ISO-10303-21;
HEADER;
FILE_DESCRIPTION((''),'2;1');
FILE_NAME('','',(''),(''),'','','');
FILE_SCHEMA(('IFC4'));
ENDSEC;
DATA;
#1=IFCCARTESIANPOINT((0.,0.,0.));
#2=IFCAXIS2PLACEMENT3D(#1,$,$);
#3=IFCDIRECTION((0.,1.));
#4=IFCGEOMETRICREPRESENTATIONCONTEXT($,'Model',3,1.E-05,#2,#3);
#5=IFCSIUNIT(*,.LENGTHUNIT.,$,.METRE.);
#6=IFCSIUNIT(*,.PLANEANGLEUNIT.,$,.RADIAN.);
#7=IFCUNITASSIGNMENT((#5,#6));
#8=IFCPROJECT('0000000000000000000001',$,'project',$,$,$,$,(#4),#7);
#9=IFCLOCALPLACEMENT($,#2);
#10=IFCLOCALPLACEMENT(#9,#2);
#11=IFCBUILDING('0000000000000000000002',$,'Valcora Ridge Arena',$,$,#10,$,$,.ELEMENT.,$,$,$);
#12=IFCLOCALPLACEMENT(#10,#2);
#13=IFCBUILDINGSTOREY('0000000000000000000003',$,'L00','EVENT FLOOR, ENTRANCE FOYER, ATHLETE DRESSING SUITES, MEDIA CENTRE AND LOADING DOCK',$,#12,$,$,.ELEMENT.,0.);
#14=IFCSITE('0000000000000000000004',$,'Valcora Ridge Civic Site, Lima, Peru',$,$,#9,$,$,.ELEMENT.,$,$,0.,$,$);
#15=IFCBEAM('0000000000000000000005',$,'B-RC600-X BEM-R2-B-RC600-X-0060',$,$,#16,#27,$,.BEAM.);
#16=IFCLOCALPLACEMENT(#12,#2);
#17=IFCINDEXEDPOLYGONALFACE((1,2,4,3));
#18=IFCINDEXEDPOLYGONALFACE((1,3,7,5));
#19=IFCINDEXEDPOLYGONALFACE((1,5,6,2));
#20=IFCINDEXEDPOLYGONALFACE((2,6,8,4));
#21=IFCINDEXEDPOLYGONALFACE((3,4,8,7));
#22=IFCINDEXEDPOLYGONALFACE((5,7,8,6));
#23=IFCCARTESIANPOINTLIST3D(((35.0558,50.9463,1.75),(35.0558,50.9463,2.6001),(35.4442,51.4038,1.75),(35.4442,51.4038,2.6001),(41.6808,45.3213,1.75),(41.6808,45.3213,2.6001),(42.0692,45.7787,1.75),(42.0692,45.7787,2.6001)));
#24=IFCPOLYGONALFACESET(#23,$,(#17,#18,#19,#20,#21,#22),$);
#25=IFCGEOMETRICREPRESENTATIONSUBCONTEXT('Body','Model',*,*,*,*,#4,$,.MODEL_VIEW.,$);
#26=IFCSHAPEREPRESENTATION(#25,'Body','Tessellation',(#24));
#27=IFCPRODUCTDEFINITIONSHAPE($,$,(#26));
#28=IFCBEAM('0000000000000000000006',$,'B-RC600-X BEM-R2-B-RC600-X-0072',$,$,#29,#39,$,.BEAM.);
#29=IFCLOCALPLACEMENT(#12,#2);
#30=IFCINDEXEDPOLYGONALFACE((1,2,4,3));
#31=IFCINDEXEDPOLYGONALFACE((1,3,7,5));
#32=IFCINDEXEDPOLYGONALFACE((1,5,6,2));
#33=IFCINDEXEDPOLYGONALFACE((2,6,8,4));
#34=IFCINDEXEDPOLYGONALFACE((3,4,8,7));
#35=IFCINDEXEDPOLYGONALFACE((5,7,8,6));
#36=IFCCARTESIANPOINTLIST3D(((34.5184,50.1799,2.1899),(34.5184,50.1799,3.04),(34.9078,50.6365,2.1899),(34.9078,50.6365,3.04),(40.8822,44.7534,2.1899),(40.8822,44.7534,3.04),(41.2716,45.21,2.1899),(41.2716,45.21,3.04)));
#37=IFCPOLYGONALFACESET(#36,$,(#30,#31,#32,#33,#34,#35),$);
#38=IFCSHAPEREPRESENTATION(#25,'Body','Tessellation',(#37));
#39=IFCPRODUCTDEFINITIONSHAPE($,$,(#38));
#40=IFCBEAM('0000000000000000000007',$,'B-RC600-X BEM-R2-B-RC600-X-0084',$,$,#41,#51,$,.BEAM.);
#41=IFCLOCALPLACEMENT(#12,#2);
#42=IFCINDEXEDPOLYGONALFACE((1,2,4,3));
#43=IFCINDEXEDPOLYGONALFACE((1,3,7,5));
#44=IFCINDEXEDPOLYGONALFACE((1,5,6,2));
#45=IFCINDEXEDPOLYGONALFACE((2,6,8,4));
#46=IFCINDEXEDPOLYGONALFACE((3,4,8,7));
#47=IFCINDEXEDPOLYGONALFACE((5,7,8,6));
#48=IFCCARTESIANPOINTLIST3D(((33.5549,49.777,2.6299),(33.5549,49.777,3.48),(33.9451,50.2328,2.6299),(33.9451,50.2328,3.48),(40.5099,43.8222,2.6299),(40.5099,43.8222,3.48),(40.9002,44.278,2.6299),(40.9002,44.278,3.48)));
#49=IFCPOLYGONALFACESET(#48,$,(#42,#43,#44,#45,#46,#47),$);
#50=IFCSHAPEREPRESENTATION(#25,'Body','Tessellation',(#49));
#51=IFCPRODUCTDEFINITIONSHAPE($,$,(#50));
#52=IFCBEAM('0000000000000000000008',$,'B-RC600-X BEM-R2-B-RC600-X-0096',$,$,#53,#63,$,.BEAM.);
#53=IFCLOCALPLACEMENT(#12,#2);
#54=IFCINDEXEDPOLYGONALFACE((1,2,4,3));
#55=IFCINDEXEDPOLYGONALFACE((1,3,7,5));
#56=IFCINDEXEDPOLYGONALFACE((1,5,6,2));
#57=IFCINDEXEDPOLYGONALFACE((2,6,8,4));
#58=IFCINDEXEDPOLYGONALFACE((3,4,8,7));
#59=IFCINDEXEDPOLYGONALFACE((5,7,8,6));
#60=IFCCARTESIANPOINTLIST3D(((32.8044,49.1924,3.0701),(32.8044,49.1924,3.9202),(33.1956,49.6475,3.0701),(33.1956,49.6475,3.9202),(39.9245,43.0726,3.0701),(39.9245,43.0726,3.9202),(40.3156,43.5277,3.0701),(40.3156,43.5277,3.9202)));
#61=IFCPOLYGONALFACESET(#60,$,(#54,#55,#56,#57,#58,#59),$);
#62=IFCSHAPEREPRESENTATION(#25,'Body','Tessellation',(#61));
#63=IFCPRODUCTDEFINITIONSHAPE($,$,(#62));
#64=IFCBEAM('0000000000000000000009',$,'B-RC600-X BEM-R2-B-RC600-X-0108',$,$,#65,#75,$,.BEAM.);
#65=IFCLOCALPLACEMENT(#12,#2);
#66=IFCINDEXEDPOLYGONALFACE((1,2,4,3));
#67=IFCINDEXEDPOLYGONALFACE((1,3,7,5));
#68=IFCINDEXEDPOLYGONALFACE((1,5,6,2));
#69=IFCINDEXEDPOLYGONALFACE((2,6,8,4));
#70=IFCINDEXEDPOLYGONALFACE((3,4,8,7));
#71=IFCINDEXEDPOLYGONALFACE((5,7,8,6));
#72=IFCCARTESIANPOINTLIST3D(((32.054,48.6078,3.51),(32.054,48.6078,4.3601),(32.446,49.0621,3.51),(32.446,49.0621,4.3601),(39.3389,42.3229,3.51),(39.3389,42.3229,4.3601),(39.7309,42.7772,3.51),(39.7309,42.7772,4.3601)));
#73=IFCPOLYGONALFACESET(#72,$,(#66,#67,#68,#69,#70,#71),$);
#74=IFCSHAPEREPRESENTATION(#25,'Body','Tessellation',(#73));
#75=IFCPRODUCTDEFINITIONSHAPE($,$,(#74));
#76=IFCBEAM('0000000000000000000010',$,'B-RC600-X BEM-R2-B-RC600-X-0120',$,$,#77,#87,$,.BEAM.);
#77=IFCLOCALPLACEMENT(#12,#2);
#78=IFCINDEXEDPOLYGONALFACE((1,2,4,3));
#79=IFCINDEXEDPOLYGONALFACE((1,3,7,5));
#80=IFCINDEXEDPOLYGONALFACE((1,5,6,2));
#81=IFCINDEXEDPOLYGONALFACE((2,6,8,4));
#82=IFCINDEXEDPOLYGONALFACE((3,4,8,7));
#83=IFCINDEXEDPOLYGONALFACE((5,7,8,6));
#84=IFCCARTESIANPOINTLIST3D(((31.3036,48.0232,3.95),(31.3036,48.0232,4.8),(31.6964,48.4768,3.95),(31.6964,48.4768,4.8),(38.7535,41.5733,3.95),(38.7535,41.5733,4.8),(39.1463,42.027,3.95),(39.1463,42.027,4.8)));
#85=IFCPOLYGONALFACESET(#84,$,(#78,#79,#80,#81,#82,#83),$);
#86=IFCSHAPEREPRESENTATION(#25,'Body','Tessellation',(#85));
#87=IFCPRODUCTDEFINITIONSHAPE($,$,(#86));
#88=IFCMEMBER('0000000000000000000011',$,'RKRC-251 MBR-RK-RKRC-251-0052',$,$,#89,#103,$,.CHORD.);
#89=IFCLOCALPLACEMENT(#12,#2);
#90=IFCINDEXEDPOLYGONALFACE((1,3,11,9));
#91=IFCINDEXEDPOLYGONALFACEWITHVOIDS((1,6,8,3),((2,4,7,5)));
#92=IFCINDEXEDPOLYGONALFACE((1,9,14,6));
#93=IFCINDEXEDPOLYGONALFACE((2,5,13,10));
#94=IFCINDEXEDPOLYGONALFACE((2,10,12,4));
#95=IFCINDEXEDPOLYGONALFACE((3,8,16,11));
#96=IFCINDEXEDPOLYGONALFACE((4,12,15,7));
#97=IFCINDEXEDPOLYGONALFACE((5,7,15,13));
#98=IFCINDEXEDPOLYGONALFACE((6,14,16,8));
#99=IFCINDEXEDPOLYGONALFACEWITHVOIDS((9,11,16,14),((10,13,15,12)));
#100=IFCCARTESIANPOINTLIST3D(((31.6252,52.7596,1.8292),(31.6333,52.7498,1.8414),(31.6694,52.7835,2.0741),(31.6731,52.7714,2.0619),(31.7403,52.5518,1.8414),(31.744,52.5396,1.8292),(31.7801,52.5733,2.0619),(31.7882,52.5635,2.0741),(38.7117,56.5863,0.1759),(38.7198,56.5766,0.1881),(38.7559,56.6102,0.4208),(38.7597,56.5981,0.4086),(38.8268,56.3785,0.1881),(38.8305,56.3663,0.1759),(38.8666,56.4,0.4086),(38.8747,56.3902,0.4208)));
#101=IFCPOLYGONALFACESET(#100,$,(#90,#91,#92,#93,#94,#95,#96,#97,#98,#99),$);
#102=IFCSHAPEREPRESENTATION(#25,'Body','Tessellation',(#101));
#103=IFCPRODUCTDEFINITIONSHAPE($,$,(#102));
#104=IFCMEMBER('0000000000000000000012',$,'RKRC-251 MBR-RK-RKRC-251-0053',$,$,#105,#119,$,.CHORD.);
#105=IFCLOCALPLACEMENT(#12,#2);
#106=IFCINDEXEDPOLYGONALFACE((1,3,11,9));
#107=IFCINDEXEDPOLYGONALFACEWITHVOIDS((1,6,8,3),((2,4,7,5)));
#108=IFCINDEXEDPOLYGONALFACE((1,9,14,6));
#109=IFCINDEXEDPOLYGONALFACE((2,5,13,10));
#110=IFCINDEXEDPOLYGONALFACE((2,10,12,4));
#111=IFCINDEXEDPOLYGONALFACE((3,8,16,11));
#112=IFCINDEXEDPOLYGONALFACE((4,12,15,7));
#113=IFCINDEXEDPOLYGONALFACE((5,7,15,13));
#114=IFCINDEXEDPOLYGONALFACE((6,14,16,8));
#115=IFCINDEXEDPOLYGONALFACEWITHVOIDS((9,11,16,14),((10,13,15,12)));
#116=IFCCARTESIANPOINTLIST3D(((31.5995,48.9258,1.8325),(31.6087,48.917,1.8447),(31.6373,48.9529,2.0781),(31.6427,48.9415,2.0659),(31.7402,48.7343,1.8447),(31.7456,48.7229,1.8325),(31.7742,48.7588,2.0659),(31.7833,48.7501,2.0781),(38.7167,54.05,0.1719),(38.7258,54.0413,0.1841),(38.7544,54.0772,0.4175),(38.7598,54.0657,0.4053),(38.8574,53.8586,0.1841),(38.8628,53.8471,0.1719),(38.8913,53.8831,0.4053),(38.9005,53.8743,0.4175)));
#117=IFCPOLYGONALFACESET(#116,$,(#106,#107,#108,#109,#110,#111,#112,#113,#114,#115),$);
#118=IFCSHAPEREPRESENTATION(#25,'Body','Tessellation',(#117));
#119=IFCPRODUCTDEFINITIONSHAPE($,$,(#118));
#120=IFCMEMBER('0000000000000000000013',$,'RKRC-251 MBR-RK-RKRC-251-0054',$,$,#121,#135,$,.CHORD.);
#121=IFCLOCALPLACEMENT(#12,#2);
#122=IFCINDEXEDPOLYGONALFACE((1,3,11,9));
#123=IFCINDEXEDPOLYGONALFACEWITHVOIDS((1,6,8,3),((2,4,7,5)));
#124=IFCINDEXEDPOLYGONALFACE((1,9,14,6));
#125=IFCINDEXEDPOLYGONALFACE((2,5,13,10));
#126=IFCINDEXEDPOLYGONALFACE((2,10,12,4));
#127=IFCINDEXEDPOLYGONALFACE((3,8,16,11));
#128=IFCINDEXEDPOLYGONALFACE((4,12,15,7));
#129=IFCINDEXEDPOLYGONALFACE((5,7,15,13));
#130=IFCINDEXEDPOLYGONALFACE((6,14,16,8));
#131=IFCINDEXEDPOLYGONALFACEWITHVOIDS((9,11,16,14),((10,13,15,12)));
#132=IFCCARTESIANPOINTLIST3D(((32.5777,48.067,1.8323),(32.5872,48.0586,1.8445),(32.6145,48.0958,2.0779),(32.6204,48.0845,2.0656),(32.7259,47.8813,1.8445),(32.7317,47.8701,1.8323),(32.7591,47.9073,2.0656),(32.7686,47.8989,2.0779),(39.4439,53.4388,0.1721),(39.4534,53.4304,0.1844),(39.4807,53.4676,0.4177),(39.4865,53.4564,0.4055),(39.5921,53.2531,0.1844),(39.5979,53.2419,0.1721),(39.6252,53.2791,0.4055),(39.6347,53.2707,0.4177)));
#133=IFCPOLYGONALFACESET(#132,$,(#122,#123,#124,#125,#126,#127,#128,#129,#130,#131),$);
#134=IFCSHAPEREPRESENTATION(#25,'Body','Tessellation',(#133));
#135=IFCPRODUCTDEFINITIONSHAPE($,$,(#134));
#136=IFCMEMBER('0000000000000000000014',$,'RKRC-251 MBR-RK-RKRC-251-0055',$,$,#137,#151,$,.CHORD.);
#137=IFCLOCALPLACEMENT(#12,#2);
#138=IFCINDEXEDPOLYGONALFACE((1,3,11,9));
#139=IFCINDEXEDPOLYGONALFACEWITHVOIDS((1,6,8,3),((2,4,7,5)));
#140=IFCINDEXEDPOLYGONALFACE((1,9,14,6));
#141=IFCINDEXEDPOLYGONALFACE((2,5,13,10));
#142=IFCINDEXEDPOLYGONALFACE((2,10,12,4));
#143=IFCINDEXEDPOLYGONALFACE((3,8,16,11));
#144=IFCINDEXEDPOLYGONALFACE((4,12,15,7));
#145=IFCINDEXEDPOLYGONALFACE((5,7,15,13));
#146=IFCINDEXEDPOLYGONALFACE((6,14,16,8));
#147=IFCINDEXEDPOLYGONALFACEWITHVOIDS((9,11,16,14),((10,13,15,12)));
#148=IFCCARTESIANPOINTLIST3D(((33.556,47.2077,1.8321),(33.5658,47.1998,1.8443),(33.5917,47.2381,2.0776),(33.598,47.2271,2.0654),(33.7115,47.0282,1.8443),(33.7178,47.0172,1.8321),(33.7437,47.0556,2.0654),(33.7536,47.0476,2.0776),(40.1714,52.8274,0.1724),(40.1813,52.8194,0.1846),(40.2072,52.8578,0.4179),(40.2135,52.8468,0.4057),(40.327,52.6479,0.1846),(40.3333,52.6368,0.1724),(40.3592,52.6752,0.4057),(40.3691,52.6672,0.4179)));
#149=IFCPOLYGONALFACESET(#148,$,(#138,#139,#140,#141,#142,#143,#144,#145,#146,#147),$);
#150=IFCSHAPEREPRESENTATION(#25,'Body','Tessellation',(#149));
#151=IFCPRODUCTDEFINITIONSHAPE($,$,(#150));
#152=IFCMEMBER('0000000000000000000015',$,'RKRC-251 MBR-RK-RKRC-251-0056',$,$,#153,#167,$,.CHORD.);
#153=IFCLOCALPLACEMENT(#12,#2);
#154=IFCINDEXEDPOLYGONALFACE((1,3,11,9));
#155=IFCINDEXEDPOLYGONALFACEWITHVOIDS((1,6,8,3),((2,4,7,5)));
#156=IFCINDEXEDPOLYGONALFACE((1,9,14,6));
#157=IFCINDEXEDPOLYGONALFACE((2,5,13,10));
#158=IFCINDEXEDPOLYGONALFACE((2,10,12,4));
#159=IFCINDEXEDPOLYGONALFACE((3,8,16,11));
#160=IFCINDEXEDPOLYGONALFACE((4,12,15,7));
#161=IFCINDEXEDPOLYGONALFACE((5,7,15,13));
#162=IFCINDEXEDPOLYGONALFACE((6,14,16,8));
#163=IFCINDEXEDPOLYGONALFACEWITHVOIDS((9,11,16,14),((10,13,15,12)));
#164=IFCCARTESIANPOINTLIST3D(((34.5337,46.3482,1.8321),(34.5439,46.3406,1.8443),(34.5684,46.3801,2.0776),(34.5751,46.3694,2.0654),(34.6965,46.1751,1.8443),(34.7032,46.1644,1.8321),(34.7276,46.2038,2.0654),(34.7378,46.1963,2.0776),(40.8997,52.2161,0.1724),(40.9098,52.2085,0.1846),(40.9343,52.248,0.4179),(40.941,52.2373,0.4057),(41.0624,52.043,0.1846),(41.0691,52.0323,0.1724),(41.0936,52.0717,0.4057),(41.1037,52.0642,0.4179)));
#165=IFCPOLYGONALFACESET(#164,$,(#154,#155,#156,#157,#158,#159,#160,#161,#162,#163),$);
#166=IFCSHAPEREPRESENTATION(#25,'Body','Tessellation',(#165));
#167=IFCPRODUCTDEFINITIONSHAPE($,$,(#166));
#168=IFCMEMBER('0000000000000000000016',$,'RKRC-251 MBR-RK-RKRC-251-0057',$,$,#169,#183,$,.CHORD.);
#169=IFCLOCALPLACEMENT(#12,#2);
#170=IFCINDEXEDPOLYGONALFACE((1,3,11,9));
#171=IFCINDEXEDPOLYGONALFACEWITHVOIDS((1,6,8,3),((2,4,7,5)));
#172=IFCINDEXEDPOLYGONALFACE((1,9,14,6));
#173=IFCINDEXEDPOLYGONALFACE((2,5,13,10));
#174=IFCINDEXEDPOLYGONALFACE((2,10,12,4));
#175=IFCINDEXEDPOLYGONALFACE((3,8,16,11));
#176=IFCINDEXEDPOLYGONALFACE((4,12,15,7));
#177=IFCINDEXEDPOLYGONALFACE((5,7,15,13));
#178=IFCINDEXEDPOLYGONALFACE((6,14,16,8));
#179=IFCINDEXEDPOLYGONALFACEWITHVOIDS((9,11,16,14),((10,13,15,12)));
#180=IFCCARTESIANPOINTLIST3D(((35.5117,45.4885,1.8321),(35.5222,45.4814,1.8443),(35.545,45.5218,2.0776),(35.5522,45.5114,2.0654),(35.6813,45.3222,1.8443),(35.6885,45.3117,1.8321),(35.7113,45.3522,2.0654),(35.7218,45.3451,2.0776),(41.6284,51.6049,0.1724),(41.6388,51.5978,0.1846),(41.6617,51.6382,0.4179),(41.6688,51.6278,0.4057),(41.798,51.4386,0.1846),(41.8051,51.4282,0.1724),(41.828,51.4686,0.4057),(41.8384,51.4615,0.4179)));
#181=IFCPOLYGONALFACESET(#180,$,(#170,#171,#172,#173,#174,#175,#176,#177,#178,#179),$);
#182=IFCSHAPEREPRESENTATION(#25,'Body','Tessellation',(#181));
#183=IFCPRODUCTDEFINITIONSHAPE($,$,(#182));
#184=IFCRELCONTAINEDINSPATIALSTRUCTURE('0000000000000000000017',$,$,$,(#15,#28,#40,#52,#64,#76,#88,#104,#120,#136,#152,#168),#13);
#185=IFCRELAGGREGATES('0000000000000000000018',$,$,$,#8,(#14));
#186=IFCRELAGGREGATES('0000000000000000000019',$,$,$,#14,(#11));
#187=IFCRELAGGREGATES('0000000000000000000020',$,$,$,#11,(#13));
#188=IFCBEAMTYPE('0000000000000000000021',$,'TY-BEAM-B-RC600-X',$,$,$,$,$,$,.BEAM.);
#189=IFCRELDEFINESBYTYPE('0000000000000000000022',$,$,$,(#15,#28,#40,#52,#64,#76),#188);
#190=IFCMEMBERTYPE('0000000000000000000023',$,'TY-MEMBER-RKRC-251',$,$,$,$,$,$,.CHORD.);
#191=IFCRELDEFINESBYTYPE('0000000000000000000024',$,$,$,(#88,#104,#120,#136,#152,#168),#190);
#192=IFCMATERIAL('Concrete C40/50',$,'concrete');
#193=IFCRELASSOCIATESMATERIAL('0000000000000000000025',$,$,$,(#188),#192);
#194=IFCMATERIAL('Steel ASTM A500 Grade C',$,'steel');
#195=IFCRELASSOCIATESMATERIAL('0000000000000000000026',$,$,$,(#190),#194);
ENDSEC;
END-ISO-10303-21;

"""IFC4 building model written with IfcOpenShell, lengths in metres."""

from ifc_helpers import new_model, si_unit, direction, frame, origin, origin_2d, place, context, subcontext, project, spatial, rectangle, hollow_rectangle, extrude, material, material_profile, profile_set, type_object, element, save


model = new_model("IFC4")

# Units and contexts
model_context = context("Model", 3, precision=1e-05, world=origin(), true_north=direction((0.0, 1.0)))
body_context = subcontext(model_context, "Body", "Model", "MODEL_VIEW")
ifc_project = project(units=[si_unit("LENGTHUNIT", "METRE"), si_unit("PLANEANGLEUNIT", "RADIAN")], contexts=[model_context])

# Site, building, storey
site_placement = place(None, origin())
site = spatial("IfcSite", under=ifc_project, at=site_placement, Name="Valcora Ridge Civic Site, Lima, Peru", CompositionType="ELEMENT", RefElevation=0.0)
building_placement = place(site_placement, origin())
building = spatial("IfcBuilding", under=site, at=building_placement, Name="Valcora Ridge Arena", CompositionType="ELEMENT")
storey_placement = place(building_placement, origin())
storey = spatial("IfcBuildingStorey", under=building, at=storey_placement, Name="L00", Description="EVENT FLOOR, ENTRANCE FOYER, ATHLETE DRESSING SUITES, MEDIA CENTRE AND LOADING DOCK", CompositionType="ELEMENT", Elevation=0.0)

# Shared definitions
ifc_material_1 = material(Name="Concrete C40/50", Category="concrete")

# Beams
ifc_material_profile_1 = material_profile(ifc_material_1, rectangle(XDim=0.6001, YDim=0.8501, at=origin_2d()), Name="RC 600x850")
ifc_profile_set_1 = profile_set([ifc_material_profile_1], Name="Concrete C40/50")
beam_type = type_object("IfcBeamType", Name="TY-BEAM-B-RC600-X", PredefinedType="BEAM", material=ifc_profile_set_1)
beam_1_placement = place(storey_placement, frame((35.25, 51.175, 2.175), z_axis=(0.762294, -0.647231, 0.0), x_axis=(0.647231, 0.762294, 0.0)))
element("IfcBeam", 1, at=beam_1_placement, inside=storey, type_object=beam_type, Name="B-RC600-X BEM-R2-B-RC600-X-0060", PredefinedType="BEAM", context=body_context, shape_type="SweptSolid", body=[
    extrude(rectangle(XDim=0.6001, YDim=0.8501, at=origin_2d()), origin(), (0.0, 0.0, 1.0), 8.6909),
])
beam_2_placement = place(storey_placement, frame((34.7131, 50.4082, 2.615), z_axis=(0.760917, -0.648849, 0.0), x_axis=(0.648849, 0.760917, 0.0)))
element("IfcBeam", 2, at=beam_2_placement, inside=storey, type_object=beam_type, Name="B-RC600-X BEM-R2-B-RC600-X-0072", PredefinedType="BEAM", context=body_context, shape_type="SweptSolid", body=[
    extrude(rectangle(XDim=0.6001, YDim=0.8501, at=origin_2d()), origin(), (0.0, 0.0, 1.0), 8.3633),
])
beam_3_placement = place(storey_placement, frame((33.75, 50.0049, 3.0549), z_axis=(0.759616, -0.650372, 0.0), x_axis=(0.650372, 0.759616, 0.0)))
element("IfcBeam", 3, at=beam_3_placement, inside=storey, type_object=beam_type, Name="B-RC600-X BEM-R2-B-RC600-X-0084", PredefinedType="BEAM", context=body_context, shape_type="SweptSolid", body=[
    extrude(rectangle(XDim=0.6001, YDim=0.8501, at=origin_2d()), origin(), (0.0, 0.0, 1.0), 9.156),
])
beam_4_placement = place(storey_placement, frame((33.0, 49.4199, 3.4951), z_axis=(0.758366, -0.651829, 0.0), x_axis=(0.651829, 0.758366, 0.0)))
element("IfcBeam", 4, at=beam_4_placement, inside=storey, type_object=beam_type, Name="B-RC600-X BEM-R2-B-RC600-X-0096", PredefinedType="BEAM", context=body_context, shape_type="SweptSolid", body=[
    extrude(rectangle(XDim=0.6001, YDim=0.8501, at=origin_2d()), origin(), (0.0, 0.0, 1.0), 9.3887),
])
beam_5_placement = place(storey_placement, frame((32.25, 48.835, 3.9351), z_axis=(0.757162, -0.653227, 0.0), x_axis=(0.653227, 0.757162, 0.0)))
element("IfcBeam", 5, at=beam_5_placement, inside=storey, type_object=beam_type, Name="B-RC600-X BEM-R2-B-RC600-X-0108", PredefinedType="BEAM", context=body_context, shape_type="SweptSolid", body=[
    extrude(rectangle(XDim=0.6001, YDim=0.8501, at=origin_2d()), origin(), (0.0, 0.0, 1.0), 9.6213),
])
beam_6_placement = place(storey_placement, frame((31.5, 48.25, 4.375), z_axis=(0.756024, -0.654544, 0.0), x_axis=(0.654544, 0.756024, 0.0)))
element("IfcBeam", 6, at=beam_6_placement, inside=storey, type_object=beam_type, Name="B-RC600-X BEM-R2-B-RC600-X-0120", PredefinedType="BEAM", context=body_context, shape_type="SweptSolid", body=[
    extrude(rectangle(XDim=0.6001, YDim=0.8501, at=origin_2d()), origin(), (0.0, 0.0, 1.0), 9.854),
])

# Members
ifc_material_2 = material(Name="Steel ASTM A500 Grade C", Category="steel")
ifc_material_profile_2 = material_profile(ifc_material_2, hollow_rectangle(XDim=0.25, YDim=0.25, WallThickness=0.0125, at=origin_2d()), Name="HSS250X250X12")
ifc_profile_set_2 = profile_set([ifc_material_profile_2], Name="Steel ASTM A500 Grade C")
member_type_1 = type_object("IfcMemberType", Name="TY-MEMBER-RKRC-251", PredefinedType="CHORD", material=ifc_profile_set_2)
member_1_placement = place(storey_placement, frame((38.7932, 56.4883, 0.2983), z_axis=(-0.861931, -0.465441, 0.201095), x_axis=(0.475148, -0.879906, 0.0)))
element("IfcMember", 7, at=member_1_placement, inside=storey, type_object=member_type_1, Name="RKRC-251 MBR-RK-RKRC-251-0052", PredefinedType="CHORD", context=body_context, shape_type="SweptSolid", body=[
    extrude(hollow_rectangle(XDim=0.25, YDim=0.25, WallThickness=0.0125, at=origin_2d()), origin(), (0.0, 0.0, 1.0), 8.2217),
])
member_2_placement = place(storey_placement, frame((38.8086, 53.9622, 0.2947), z_axis=(-0.797371, -0.574095, 0.18605), x_axis=(0.584297, -0.81154, 0.0)))
element("IfcMember", 8, at=member_2_placement, inside=storey, type_object=member_type_1, Name="RKRC-251 MBR-RK-RKRC-251-0053", PredefinedType="CHORD", context=body_context, shape_type="SweptSolid", body=[
    extrude(hollow_rectangle(XDim=0.25, YDim=0.25, WallThickness=0.0125, at=origin_2d()), origin(), (0.0, 0.0, 1.0), 8.9258),
])
member_3_placement = place(storey_placement, frame((39.5393, 53.3547, 0.2949), z_axis=(-0.773698, -0.605307, 0.18707), x_axis=(0.616185, -0.787601, 0.0)))
element("IfcMember", 9, at=member_3_placement, inside=storey, type_object=member_type_1, Name="RKRC-251 MBR-RK-RKRC-251-0054", PredefinedType="CHORD", context=body_context, shape_type="SweptSolid", body=[
    extrude(hollow_rectangle(XDim=0.25, YDim=0.25, WallThickness=0.0125, at=origin_2d()), origin(), (0.0, 0.0, 1.0), 8.8745),
])
member_4_placement = place(storey_placement, frame((40.2703, 52.7473, 0.2952), z_axis=(-0.748579, -0.635893, 0.187801), x_axis=(0.647412, -0.76214, 0.0)))
element("IfcMember", 10, at=member_4_placement, inside=storey, type_object=member_type_1, Name="RKRC-251 MBR-RK-RKRC-251-0055", PredefinedType="CHORD", context=body_context, shape_type="SweptSolid", body=[
    extrude(hollow_rectangle(XDim=0.25, YDim=0.25, WallThickness=0.0125, at=origin_2d()), origin(), (0.0, 0.0, 1.0), 8.8374),
])
member_5_placement = place(storey_placement, frame((41.0017, 52.1401, 0.2952), z_axis=(-0.722136, -0.665639, 0.188268), x_axis=(0.677759, -0.735284, 0.0)))
element("IfcMember", 11, at=member_5_placement, inside=storey, type_object=member_type_1, Name="RKRC-251 MBR-RK-RKRC-251-0056", PredefinedType="CHORD", context=body_context, shape_type="SweptSolid", body=[
    extrude(hollow_rectangle(XDim=0.25, YDim=0.25, WallThickness=0.0125, at=origin_2d()), origin(), (0.0, 0.0, 1.0), 8.8154),
])
member_6_placement = place(storey_placement, frame((41.7334, 51.5332, 0.2952), z_axis=(-0.694454, -0.694426, 0.188429), x_axis=(0.707093, -0.707121, 0.0)))
element("IfcMember", 12, at=member_6_placement, inside=storey, type_object=member_type_1, Name="RKRC-251 MBR-RK-RKRC-251-0057", PredefinedType="CHORD", context=body_context, shape_type="SweptSolid", body=[
    extrude(hollow_rectangle(XDim=0.25, YDim=0.25, WallThickness=0.0125, at=origin_2d()), origin(), (0.0, 0.0, 1.0), 8.8079),
])

save(model, "model.ifc")
